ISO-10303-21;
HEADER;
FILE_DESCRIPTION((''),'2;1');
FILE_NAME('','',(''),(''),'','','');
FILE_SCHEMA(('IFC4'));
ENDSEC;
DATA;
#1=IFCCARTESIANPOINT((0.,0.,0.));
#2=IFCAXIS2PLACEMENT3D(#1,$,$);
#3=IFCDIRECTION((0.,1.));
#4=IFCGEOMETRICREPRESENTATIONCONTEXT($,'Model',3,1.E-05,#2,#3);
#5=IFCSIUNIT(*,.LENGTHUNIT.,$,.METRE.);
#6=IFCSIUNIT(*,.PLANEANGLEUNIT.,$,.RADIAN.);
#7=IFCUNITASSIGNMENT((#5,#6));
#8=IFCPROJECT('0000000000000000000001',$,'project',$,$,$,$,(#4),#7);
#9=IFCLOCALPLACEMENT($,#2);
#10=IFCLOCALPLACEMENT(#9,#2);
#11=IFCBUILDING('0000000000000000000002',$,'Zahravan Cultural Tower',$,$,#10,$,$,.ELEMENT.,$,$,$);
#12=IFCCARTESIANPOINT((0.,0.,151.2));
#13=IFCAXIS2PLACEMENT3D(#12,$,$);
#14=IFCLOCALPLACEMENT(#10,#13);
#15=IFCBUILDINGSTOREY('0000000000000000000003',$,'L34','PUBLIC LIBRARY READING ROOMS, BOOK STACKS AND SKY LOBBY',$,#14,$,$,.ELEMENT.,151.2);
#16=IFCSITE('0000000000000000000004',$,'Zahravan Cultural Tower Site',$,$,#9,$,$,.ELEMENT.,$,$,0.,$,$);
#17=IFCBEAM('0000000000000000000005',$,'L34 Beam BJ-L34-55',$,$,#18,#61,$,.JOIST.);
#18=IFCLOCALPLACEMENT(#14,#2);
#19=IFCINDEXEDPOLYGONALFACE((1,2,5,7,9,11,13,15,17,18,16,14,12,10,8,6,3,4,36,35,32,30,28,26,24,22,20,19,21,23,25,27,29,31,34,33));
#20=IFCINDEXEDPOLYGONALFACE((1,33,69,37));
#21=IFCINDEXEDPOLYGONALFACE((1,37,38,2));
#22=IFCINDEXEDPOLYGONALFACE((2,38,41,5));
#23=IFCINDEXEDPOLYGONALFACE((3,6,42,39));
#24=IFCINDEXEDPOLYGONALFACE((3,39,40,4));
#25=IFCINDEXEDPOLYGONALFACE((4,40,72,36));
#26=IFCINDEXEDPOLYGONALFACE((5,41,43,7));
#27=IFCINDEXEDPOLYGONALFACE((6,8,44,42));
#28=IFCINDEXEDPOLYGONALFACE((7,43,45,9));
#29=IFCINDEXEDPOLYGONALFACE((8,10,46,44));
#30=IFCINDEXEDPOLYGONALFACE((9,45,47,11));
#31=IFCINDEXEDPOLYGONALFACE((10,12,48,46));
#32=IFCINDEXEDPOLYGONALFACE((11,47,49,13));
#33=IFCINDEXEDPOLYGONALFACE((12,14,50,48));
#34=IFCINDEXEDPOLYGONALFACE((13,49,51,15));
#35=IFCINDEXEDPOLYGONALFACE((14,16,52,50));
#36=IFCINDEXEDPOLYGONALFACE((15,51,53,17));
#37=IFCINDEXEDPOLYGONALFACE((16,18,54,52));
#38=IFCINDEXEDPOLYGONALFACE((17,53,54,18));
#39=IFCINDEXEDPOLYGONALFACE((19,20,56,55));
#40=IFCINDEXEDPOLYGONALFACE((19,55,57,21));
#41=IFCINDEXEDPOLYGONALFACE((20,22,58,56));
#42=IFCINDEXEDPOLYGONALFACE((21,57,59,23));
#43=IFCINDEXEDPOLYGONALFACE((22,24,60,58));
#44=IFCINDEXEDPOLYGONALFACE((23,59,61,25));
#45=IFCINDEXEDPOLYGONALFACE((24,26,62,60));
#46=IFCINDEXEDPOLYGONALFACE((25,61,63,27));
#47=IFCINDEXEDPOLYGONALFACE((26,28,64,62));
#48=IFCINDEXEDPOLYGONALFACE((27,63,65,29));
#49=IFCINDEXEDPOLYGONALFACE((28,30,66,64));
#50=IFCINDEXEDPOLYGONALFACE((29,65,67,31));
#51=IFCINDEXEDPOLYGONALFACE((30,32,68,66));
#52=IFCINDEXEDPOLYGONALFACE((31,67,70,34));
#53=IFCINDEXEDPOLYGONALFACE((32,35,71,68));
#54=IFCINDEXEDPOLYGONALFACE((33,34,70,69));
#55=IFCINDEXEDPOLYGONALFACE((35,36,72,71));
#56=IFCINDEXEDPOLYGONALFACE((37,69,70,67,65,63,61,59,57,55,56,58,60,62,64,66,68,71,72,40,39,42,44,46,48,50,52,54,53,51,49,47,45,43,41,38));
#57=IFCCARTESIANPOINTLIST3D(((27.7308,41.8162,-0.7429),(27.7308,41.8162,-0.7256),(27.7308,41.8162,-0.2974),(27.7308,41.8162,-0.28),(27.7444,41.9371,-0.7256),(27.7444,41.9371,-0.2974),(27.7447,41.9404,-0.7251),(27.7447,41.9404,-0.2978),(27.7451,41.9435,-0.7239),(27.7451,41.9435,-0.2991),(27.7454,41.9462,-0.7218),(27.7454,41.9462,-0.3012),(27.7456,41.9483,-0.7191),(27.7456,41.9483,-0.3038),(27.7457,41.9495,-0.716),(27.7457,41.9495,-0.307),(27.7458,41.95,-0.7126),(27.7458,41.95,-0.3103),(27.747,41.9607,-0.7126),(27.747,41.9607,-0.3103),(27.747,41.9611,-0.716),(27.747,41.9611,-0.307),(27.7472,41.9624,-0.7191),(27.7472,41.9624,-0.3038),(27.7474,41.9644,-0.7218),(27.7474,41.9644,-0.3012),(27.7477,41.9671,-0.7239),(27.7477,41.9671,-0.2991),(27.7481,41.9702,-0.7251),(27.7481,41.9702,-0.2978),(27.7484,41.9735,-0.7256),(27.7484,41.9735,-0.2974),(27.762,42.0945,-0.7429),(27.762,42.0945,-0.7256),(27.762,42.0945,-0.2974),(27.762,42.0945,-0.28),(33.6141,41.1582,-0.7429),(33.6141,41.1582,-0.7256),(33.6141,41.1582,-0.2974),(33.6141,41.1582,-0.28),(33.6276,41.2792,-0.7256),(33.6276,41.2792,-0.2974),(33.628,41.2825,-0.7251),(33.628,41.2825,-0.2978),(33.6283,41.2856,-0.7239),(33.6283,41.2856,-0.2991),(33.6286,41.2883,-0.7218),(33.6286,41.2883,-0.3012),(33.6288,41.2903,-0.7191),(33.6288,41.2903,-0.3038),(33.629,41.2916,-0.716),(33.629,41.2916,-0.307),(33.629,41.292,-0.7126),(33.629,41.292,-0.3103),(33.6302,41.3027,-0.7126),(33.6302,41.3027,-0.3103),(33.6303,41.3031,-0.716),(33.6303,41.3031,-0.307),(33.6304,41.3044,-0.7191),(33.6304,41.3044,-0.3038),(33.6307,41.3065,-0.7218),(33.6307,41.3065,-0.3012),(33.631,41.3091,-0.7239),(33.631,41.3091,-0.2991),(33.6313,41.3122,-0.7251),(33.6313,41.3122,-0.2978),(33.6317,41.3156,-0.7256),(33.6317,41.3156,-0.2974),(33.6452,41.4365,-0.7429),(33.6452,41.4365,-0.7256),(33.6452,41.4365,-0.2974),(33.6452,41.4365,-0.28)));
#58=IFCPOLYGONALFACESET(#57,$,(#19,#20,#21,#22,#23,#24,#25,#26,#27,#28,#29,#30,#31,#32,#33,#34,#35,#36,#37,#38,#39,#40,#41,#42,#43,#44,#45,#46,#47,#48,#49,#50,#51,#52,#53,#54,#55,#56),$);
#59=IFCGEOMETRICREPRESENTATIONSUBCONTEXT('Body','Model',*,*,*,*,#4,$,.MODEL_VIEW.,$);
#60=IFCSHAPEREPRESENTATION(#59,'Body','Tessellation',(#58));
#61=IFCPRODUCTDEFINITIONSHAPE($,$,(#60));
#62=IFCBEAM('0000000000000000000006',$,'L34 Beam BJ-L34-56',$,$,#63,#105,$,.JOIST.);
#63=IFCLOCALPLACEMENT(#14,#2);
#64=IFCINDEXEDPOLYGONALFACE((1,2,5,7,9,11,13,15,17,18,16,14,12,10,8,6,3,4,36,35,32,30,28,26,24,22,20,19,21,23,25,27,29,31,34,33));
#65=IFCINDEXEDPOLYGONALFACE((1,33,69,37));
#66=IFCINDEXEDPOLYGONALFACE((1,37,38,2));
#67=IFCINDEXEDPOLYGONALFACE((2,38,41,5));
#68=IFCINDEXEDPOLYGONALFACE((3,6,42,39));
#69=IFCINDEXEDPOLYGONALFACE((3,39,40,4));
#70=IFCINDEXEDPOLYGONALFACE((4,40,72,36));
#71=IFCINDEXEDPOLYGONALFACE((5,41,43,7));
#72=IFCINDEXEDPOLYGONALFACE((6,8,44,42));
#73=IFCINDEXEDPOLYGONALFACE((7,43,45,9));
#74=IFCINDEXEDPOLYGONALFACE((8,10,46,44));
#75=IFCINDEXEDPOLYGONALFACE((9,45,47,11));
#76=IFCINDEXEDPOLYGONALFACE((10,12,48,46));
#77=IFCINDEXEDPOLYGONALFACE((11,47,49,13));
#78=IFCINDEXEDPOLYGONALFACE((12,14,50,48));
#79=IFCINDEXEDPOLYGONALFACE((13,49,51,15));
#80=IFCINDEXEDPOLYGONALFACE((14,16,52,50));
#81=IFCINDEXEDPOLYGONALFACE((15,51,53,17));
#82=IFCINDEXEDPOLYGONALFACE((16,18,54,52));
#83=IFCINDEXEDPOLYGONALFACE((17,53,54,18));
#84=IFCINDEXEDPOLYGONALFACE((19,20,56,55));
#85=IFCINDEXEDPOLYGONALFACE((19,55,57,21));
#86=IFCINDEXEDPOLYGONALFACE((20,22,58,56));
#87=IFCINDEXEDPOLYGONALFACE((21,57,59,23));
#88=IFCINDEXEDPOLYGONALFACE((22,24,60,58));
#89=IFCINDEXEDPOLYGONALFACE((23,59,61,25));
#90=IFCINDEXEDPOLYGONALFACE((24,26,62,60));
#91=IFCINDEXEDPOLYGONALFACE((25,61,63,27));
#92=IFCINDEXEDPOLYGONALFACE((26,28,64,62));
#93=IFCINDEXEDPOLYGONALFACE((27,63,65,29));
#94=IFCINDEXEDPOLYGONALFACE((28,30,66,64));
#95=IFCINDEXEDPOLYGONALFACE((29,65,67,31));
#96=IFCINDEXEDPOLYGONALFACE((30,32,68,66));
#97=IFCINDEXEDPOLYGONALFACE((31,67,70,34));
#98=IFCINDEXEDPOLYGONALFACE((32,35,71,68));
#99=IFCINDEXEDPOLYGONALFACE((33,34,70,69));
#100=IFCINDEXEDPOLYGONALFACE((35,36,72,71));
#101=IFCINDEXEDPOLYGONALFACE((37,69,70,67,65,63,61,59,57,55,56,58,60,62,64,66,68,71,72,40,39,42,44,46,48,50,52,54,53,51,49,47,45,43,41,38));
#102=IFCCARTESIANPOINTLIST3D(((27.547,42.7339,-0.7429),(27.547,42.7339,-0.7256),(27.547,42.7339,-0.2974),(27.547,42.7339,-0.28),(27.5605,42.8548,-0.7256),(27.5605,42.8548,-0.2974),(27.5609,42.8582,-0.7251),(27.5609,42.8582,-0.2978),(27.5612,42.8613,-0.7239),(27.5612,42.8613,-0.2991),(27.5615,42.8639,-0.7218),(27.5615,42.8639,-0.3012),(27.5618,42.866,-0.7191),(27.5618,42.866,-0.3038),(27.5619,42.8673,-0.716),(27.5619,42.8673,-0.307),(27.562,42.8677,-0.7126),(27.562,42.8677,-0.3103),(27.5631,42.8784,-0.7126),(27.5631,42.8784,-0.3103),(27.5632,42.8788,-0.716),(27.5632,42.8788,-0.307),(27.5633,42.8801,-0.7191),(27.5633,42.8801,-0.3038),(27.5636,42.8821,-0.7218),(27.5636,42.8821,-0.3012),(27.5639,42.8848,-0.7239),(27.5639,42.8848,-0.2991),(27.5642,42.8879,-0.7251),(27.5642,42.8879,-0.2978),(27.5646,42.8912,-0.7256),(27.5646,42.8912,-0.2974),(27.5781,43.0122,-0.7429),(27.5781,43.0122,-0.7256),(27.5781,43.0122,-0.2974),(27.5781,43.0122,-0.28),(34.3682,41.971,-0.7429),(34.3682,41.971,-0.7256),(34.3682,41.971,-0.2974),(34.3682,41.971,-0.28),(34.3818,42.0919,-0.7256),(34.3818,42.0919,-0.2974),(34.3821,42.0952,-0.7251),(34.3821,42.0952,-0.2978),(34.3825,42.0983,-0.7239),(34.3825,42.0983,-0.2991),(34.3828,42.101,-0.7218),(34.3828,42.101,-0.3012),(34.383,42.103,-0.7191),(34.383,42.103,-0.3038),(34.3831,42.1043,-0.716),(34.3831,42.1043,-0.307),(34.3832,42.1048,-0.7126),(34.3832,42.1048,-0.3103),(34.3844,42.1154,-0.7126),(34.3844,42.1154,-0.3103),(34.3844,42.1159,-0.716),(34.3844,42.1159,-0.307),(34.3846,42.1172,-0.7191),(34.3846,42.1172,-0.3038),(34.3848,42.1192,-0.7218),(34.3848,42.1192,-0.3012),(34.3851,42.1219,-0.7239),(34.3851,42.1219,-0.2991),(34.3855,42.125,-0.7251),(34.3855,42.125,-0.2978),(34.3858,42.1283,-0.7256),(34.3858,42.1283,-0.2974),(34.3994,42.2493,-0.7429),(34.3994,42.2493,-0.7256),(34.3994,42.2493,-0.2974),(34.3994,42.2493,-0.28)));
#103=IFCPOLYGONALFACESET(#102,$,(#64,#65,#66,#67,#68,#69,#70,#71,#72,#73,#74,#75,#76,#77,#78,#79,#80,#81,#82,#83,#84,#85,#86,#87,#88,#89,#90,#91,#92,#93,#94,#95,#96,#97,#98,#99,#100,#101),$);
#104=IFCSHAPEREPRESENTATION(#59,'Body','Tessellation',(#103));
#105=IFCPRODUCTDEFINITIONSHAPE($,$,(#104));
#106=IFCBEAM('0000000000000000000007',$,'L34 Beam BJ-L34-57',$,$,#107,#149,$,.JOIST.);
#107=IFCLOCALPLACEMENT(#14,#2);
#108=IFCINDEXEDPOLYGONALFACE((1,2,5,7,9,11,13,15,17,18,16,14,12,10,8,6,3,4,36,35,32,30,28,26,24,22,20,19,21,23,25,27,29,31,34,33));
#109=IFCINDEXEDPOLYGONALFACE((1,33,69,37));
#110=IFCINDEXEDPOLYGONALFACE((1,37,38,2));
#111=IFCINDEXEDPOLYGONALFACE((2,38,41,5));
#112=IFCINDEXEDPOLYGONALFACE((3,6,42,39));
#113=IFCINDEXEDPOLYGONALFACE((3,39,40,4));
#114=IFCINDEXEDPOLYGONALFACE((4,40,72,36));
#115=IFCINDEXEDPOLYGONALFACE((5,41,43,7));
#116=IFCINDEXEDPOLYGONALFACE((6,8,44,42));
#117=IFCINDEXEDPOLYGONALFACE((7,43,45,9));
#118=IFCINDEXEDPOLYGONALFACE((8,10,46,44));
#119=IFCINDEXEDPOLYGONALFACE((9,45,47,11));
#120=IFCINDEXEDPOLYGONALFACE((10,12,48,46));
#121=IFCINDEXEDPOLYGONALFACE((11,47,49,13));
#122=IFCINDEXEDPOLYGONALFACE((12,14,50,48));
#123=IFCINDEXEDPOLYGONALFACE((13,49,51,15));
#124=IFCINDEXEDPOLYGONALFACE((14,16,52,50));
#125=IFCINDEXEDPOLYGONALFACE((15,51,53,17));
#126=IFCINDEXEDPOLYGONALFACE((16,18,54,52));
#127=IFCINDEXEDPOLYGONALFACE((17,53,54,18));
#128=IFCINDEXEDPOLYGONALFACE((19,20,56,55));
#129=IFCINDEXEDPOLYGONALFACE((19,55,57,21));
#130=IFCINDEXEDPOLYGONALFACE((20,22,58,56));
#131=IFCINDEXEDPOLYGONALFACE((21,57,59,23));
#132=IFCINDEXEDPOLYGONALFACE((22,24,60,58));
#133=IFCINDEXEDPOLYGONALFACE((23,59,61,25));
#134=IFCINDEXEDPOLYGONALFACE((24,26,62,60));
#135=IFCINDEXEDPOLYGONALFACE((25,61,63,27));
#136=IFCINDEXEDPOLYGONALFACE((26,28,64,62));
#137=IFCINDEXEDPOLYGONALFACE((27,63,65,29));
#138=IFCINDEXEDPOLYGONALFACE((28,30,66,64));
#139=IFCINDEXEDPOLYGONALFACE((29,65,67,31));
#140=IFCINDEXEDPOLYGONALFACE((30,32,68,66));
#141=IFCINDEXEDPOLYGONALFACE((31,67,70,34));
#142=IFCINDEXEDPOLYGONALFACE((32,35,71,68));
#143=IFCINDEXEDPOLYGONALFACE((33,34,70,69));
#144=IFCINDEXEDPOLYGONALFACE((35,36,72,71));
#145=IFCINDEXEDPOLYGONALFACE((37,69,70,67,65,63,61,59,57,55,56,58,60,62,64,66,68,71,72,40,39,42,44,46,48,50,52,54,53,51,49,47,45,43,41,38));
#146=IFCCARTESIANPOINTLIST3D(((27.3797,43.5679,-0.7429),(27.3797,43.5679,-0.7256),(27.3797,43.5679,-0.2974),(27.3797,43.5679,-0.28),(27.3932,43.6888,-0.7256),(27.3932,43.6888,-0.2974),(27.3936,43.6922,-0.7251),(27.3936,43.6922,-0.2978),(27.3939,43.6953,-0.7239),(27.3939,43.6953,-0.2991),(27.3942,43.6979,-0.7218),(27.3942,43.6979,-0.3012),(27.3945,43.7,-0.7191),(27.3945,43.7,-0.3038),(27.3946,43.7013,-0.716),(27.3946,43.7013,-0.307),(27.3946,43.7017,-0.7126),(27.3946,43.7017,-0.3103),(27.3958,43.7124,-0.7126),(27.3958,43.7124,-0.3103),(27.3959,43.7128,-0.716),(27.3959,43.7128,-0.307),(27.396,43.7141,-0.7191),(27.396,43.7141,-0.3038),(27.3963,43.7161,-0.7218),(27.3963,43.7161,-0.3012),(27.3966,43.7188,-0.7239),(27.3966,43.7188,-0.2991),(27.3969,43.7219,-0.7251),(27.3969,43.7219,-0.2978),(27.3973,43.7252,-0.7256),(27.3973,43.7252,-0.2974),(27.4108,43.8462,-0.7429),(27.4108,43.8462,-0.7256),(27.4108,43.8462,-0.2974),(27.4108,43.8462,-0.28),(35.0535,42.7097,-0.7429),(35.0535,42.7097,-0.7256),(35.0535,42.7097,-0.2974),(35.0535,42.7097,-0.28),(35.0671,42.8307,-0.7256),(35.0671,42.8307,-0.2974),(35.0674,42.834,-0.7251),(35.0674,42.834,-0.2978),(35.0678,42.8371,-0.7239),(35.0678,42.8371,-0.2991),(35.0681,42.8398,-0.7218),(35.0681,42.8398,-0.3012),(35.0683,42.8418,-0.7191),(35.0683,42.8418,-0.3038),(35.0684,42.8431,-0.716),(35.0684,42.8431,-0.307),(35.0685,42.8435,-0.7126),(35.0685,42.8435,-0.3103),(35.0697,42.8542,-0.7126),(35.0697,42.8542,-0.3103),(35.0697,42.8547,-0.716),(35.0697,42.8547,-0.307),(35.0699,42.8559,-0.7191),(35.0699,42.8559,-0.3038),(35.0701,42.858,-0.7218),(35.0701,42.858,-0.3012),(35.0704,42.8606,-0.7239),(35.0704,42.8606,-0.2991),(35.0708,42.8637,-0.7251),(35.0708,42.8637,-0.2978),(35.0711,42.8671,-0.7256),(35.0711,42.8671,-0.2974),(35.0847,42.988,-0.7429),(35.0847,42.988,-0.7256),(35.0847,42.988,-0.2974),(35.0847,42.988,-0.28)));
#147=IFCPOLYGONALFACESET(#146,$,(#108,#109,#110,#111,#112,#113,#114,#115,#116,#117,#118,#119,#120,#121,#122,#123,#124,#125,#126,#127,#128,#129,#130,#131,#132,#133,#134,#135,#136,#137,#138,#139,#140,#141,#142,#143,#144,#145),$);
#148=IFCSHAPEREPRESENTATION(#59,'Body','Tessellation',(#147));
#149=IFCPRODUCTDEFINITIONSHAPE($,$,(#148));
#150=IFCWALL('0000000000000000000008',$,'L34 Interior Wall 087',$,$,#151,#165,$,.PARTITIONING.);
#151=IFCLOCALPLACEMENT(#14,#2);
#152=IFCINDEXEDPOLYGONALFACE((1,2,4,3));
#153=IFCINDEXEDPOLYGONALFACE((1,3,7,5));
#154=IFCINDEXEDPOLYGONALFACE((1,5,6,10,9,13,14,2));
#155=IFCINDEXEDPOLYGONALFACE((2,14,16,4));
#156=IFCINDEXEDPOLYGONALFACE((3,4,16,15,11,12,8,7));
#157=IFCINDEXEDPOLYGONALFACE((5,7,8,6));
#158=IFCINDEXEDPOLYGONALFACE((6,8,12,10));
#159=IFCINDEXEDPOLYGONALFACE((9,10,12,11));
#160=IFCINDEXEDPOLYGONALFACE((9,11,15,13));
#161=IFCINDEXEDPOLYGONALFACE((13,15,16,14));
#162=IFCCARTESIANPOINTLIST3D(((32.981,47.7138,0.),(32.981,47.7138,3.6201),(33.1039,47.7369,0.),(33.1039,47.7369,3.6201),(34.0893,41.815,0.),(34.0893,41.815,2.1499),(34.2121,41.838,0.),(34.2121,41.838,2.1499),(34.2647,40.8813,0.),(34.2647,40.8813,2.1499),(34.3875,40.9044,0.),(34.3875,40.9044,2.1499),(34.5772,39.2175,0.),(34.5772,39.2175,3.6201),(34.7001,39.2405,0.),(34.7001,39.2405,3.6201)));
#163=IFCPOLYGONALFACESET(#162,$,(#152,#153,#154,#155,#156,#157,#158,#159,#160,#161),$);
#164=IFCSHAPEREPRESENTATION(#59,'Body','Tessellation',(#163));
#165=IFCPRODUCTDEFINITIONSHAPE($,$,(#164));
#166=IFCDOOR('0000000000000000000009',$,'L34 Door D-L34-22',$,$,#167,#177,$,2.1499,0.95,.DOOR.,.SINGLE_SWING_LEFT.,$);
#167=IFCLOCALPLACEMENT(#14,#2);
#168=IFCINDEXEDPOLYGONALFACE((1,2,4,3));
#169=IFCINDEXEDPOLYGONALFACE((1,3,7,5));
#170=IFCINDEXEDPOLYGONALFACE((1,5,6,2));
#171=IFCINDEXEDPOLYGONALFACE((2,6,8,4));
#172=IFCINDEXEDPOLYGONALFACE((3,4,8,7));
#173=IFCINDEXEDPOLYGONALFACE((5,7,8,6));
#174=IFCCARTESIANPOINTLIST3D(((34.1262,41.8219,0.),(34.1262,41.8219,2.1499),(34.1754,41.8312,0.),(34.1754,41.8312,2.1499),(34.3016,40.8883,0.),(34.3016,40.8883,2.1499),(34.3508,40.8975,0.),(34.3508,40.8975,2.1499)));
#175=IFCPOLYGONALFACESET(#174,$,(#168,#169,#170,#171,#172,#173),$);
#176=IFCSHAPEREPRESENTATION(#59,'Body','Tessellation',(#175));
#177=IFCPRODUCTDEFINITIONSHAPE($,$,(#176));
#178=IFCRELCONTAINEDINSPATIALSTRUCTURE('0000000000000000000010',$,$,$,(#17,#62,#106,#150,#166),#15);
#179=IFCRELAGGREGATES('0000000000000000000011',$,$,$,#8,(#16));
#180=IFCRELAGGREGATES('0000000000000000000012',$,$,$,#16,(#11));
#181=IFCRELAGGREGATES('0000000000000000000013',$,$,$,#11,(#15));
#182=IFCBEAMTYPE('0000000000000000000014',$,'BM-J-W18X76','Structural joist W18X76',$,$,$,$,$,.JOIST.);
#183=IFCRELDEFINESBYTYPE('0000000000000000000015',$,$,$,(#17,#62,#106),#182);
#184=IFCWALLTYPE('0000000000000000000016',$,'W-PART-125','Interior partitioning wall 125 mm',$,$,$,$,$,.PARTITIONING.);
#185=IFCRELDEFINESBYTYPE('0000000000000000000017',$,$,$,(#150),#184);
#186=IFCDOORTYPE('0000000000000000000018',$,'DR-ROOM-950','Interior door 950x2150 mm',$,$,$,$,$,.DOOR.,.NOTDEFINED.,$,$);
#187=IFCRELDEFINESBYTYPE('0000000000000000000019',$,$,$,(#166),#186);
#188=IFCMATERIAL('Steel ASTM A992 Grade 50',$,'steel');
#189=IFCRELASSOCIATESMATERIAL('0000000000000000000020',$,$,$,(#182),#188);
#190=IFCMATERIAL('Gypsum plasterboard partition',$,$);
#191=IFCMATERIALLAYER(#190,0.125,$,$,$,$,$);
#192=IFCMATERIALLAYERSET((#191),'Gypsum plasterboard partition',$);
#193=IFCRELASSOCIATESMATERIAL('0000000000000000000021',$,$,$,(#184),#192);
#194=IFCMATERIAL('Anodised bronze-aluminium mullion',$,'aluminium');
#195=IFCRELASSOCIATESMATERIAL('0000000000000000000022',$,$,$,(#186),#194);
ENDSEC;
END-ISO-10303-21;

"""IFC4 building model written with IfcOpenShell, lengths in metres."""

from ifc_helpers import new_model, si_unit, direction, frame, frame_2d, origin, origin_2d, place, context, subcontext, project, spatial, rectangle, i_section, extrude, source, transform, mapped, material, layer, layer_set, material_profile, profile_set, type_object, element, fill, save


model = new_model("IFC4")

# Units and contexts
model_context = context("Model", 3, precision=1e-05, world=origin(), true_north=direction((0.0, 1.0)))
body_context = subcontext(model_context, "Body", "Model", "MODEL_VIEW")
ifc_project = project(units=[si_unit("LENGTHUNIT", "METRE"), si_unit("PLANEANGLEUNIT", "RADIAN")], contexts=[model_context])

# Site, building, storey
site_placement = place(None, origin())
site = spatial("IfcSite", under=ifc_project, at=site_placement, Name="Zahravan Cultural Tower Site", CompositionType="ELEMENT", RefElevation=0.0)
building_placement = place(site_placement, origin())
building = spatial("IfcBuilding", under=site, at=building_placement, Name="Zahravan Cultural Tower", CompositionType="ELEMENT")
storey_placement = place(building_placement, frame((0.0, 0.0, 151.2)))
storey = spatial("IfcBuildingStorey", under=building, at=storey_placement, Name="L34", Description="PUBLIC LIBRARY READING ROOMS, BOOK STACKS AND SKY LOBBY", CompositionType="ELEMENT", Elevation=151.2)

# Shared definitions
ifc_material_1 = material(Name="Steel ASTM A992 Grade 50", Category="steel")

# Beams
ifc_material_profile_1 = material_profile(ifc_material_1, i_section(OverallWidth=0.28, OverallDepth=0.4629, WebThickness=0.0107, FlangeThickness=0.0173, FilletRadius=0.0129, at=origin_2d()), Name="W18X76")
ifc_profile_set_1 = profile_set([ifc_material_profile_1], Name="Steel ASTM A992 Grade 50")
beam_type_1 = type_object("IfcBeamType", Name="BM-J-W18X76", Description="Structural joist W18X76", PredefinedType="JOIST", material=ifc_profile_set_1)
shared_shape_1 = source(origin(), body_context, "Body", "SweptSolid", [
    extrude(i_section(OverallWidth=0.28, OverallDepth=0.4629, WebThickness=0.0107, FlangeThickness=0.0173, FilletRadius=0.0129, at=origin_2d()), origin(), (0.0, 0.0, 1.0), 5.9199),
])
beam_1_placement = place(storey_placement, frame((33.6296, 41.2974, -0.5115), z_axis=(-0.993805, 0.111142, 0.0), x_axis=(-0.111142, -0.993805, 0.0)))
element("IfcBeam", 1, at=beam_1_placement, inside=storey, type_object=beam_type_1, Name="L34 Beam BJ-L34-55", PredefinedType="JOIST", context=body_context, shape_type="MappedRepresentation", body=[
    mapped(shared_shape_1, transform((0.0, 0.0, 0.0), x_axis=(1.0, 0.0, 0.0), y_axis=(0.0, 1.0, 0.0), z_axis=(0.0, 0.0, 1.0), scale=1.0)),
])
shared_shape_2 = source(origin(), body_context, "Body", "SweptSolid", [
    extrude(i_section(OverallWidth=0.28, OverallDepth=0.4629, WebThickness=0.0107, FlangeThickness=0.0173, FilletRadius=0.0129, at=origin_2d()), origin(), (0.0, 0.0, 1.0), 6.8638),
])
beam_2_placement = place(storey_placement, frame((34.3838, 42.1101, -0.5115), z_axis=(-0.993803, 0.111154, 0.0), x_axis=(-0.111154, -0.993803, 0.0)))
element("IfcBeam", 2, at=beam_2_placement, inside=storey, type_object=beam_type_1, Name="L34 Beam BJ-L34-56", PredefinedType="JOIST", context=body_context, shape_type="MappedRepresentation", body=[
    mapped(shared_shape_2, transform((0.0, 0.0, 0.0), x_axis=(1.0, 0.0, 0.0), y_axis=(0.0, 1.0, 0.0), z_axis=(0.0, 0.0, 1.0), scale=1.0)),
])
shared_shape_3 = source(origin(), body_context, "Body", "SweptSolid", [
    extrude(i_section(OverallWidth=0.28, OverallDepth=0.4629, WebThickness=0.0107, FlangeThickness=0.0173, FilletRadius=0.0129, at=origin_2d()), origin(), (0.0, 0.0, 1.0), 7.7217),
])
beam_3_placement = place(storey_placement, frame((35.0691, 42.8489, -0.5115), z_axis=(-0.993805, 0.111136, 0.0), x_axis=(-0.111136, -0.993805, 0.0)))
element("IfcBeam", 3, at=beam_3_placement, inside=storey, type_object=beam_type_1, Name="L34 Beam BJ-L34-57", PredefinedType="JOIST", context=body_context, shape_type="MappedRepresentation", body=[
    mapped(shared_shape_3, transform((0.0, 0.0, 0.0), x_axis=(1.0, 0.0, 0.0), y_axis=(0.0, 1.0, 0.0), z_axis=(0.0, 0.0, 1.0), scale=1.0)),
])

# Wall, opening, door
ifc_material_2 = material(Name="Gypsum plasterboard partition")
ifc_layer_1 = layer(ifc_material_2, 0.125)
ifc_layer_set_1 = layer_set([ifc_layer_1], Name="Gypsum plasterboard partition")
wall_type_1 = type_object("IfcWallType", Name="W-PART-125", Description="Interior partitioning wall 125 mm", PredefinedType="PARTITIONING", material=ifc_layer_set_1)
wall_1_placement = place(storey_placement, frame((34.6387, 39.229, 0.0), z_axis=(0.0, 0.0, 1.0), x_axis=(-0.184638, 0.982807, 0.0)))
wall_1 = element("IfcWall", 4, at=wall_1_placement, inside=storey, type_object=wall_type_1, Name="L34 Interior Wall 087", PredefinedType="PARTITIONING", context=body_context, shape_type="SweptSolid", body=[
    extrude(rectangle(XDim=8.645, YDim=0.125, at=frame_2d((4.3225, 0.0))), origin(), (0.0, 0.0, 1.0), 3.6201),
])
opening_1_placement = place(wall_1_placement, frame((1.6929, 0.0, 0.0)))
opening_1 = element("IfcOpeningElement", 5, at=opening_1_placement, cuts=wall_1, PredefinedType="OPENING", context=body_context, shape_type="SweptSolid", body=[
    extrude(rectangle(XDim=0.95, YDim=2.1499, at=frame_2d((0.4751, 1.075))), frame((0.0, 0.0725, 0.0), z_axis=(0.0, -1.0, 0.0), x_axis=(1.0, 0.0, 0.0)), (0.0, 0.0, 1.0), 0.145),
])
ifc_material_3 = material(Name="Anodised bronze-aluminium mullion", Category="aluminium")
door_type = type_object("IfcDoorType", Name="DR-ROOM-950", Description="Interior door 950x2150 mm", OperationType="NOTDEFINED", PredefinedType="DOOR", material=ifc_material_3)
shared_shape_4 = source(origin(), body_context, "Body", "SweptSolid", [
    extrude(rectangle(XDim=0.95, YDim=2.1499, at=frame_2d((0.4751, 1.075))), frame((0.0, 0.0249, 0.0), z_axis=(0.0, -1.0, 0.0), x_axis=(1.0, 0.0, 0.0)), (0.0, 0.0, 1.0), 0.05),
])
door_1_placement = place(opening_1_placement, origin())
door_1 = element("IfcDoor", 6, at=door_1_placement, inside=storey, type_object=door_type, Name="L34 Door D-L34-22", OperationType="SINGLE_SWING_LEFT", OverallHeight=2.1499, OverallWidth=0.95, PredefinedType="DOOR", context=body_context, shape_type="MappedRepresentation", body=[
    mapped(shared_shape_4, transform((0.0, 0.0, 0.0), x_axis=(1.0, 0.0, 0.0), y_axis=(0.0, 1.0, 0.0), z_axis=(0.0, 0.0, 1.0), scale=1.0)),
])
fill(opening_1, door_1)

save(model, "model.ifc")
